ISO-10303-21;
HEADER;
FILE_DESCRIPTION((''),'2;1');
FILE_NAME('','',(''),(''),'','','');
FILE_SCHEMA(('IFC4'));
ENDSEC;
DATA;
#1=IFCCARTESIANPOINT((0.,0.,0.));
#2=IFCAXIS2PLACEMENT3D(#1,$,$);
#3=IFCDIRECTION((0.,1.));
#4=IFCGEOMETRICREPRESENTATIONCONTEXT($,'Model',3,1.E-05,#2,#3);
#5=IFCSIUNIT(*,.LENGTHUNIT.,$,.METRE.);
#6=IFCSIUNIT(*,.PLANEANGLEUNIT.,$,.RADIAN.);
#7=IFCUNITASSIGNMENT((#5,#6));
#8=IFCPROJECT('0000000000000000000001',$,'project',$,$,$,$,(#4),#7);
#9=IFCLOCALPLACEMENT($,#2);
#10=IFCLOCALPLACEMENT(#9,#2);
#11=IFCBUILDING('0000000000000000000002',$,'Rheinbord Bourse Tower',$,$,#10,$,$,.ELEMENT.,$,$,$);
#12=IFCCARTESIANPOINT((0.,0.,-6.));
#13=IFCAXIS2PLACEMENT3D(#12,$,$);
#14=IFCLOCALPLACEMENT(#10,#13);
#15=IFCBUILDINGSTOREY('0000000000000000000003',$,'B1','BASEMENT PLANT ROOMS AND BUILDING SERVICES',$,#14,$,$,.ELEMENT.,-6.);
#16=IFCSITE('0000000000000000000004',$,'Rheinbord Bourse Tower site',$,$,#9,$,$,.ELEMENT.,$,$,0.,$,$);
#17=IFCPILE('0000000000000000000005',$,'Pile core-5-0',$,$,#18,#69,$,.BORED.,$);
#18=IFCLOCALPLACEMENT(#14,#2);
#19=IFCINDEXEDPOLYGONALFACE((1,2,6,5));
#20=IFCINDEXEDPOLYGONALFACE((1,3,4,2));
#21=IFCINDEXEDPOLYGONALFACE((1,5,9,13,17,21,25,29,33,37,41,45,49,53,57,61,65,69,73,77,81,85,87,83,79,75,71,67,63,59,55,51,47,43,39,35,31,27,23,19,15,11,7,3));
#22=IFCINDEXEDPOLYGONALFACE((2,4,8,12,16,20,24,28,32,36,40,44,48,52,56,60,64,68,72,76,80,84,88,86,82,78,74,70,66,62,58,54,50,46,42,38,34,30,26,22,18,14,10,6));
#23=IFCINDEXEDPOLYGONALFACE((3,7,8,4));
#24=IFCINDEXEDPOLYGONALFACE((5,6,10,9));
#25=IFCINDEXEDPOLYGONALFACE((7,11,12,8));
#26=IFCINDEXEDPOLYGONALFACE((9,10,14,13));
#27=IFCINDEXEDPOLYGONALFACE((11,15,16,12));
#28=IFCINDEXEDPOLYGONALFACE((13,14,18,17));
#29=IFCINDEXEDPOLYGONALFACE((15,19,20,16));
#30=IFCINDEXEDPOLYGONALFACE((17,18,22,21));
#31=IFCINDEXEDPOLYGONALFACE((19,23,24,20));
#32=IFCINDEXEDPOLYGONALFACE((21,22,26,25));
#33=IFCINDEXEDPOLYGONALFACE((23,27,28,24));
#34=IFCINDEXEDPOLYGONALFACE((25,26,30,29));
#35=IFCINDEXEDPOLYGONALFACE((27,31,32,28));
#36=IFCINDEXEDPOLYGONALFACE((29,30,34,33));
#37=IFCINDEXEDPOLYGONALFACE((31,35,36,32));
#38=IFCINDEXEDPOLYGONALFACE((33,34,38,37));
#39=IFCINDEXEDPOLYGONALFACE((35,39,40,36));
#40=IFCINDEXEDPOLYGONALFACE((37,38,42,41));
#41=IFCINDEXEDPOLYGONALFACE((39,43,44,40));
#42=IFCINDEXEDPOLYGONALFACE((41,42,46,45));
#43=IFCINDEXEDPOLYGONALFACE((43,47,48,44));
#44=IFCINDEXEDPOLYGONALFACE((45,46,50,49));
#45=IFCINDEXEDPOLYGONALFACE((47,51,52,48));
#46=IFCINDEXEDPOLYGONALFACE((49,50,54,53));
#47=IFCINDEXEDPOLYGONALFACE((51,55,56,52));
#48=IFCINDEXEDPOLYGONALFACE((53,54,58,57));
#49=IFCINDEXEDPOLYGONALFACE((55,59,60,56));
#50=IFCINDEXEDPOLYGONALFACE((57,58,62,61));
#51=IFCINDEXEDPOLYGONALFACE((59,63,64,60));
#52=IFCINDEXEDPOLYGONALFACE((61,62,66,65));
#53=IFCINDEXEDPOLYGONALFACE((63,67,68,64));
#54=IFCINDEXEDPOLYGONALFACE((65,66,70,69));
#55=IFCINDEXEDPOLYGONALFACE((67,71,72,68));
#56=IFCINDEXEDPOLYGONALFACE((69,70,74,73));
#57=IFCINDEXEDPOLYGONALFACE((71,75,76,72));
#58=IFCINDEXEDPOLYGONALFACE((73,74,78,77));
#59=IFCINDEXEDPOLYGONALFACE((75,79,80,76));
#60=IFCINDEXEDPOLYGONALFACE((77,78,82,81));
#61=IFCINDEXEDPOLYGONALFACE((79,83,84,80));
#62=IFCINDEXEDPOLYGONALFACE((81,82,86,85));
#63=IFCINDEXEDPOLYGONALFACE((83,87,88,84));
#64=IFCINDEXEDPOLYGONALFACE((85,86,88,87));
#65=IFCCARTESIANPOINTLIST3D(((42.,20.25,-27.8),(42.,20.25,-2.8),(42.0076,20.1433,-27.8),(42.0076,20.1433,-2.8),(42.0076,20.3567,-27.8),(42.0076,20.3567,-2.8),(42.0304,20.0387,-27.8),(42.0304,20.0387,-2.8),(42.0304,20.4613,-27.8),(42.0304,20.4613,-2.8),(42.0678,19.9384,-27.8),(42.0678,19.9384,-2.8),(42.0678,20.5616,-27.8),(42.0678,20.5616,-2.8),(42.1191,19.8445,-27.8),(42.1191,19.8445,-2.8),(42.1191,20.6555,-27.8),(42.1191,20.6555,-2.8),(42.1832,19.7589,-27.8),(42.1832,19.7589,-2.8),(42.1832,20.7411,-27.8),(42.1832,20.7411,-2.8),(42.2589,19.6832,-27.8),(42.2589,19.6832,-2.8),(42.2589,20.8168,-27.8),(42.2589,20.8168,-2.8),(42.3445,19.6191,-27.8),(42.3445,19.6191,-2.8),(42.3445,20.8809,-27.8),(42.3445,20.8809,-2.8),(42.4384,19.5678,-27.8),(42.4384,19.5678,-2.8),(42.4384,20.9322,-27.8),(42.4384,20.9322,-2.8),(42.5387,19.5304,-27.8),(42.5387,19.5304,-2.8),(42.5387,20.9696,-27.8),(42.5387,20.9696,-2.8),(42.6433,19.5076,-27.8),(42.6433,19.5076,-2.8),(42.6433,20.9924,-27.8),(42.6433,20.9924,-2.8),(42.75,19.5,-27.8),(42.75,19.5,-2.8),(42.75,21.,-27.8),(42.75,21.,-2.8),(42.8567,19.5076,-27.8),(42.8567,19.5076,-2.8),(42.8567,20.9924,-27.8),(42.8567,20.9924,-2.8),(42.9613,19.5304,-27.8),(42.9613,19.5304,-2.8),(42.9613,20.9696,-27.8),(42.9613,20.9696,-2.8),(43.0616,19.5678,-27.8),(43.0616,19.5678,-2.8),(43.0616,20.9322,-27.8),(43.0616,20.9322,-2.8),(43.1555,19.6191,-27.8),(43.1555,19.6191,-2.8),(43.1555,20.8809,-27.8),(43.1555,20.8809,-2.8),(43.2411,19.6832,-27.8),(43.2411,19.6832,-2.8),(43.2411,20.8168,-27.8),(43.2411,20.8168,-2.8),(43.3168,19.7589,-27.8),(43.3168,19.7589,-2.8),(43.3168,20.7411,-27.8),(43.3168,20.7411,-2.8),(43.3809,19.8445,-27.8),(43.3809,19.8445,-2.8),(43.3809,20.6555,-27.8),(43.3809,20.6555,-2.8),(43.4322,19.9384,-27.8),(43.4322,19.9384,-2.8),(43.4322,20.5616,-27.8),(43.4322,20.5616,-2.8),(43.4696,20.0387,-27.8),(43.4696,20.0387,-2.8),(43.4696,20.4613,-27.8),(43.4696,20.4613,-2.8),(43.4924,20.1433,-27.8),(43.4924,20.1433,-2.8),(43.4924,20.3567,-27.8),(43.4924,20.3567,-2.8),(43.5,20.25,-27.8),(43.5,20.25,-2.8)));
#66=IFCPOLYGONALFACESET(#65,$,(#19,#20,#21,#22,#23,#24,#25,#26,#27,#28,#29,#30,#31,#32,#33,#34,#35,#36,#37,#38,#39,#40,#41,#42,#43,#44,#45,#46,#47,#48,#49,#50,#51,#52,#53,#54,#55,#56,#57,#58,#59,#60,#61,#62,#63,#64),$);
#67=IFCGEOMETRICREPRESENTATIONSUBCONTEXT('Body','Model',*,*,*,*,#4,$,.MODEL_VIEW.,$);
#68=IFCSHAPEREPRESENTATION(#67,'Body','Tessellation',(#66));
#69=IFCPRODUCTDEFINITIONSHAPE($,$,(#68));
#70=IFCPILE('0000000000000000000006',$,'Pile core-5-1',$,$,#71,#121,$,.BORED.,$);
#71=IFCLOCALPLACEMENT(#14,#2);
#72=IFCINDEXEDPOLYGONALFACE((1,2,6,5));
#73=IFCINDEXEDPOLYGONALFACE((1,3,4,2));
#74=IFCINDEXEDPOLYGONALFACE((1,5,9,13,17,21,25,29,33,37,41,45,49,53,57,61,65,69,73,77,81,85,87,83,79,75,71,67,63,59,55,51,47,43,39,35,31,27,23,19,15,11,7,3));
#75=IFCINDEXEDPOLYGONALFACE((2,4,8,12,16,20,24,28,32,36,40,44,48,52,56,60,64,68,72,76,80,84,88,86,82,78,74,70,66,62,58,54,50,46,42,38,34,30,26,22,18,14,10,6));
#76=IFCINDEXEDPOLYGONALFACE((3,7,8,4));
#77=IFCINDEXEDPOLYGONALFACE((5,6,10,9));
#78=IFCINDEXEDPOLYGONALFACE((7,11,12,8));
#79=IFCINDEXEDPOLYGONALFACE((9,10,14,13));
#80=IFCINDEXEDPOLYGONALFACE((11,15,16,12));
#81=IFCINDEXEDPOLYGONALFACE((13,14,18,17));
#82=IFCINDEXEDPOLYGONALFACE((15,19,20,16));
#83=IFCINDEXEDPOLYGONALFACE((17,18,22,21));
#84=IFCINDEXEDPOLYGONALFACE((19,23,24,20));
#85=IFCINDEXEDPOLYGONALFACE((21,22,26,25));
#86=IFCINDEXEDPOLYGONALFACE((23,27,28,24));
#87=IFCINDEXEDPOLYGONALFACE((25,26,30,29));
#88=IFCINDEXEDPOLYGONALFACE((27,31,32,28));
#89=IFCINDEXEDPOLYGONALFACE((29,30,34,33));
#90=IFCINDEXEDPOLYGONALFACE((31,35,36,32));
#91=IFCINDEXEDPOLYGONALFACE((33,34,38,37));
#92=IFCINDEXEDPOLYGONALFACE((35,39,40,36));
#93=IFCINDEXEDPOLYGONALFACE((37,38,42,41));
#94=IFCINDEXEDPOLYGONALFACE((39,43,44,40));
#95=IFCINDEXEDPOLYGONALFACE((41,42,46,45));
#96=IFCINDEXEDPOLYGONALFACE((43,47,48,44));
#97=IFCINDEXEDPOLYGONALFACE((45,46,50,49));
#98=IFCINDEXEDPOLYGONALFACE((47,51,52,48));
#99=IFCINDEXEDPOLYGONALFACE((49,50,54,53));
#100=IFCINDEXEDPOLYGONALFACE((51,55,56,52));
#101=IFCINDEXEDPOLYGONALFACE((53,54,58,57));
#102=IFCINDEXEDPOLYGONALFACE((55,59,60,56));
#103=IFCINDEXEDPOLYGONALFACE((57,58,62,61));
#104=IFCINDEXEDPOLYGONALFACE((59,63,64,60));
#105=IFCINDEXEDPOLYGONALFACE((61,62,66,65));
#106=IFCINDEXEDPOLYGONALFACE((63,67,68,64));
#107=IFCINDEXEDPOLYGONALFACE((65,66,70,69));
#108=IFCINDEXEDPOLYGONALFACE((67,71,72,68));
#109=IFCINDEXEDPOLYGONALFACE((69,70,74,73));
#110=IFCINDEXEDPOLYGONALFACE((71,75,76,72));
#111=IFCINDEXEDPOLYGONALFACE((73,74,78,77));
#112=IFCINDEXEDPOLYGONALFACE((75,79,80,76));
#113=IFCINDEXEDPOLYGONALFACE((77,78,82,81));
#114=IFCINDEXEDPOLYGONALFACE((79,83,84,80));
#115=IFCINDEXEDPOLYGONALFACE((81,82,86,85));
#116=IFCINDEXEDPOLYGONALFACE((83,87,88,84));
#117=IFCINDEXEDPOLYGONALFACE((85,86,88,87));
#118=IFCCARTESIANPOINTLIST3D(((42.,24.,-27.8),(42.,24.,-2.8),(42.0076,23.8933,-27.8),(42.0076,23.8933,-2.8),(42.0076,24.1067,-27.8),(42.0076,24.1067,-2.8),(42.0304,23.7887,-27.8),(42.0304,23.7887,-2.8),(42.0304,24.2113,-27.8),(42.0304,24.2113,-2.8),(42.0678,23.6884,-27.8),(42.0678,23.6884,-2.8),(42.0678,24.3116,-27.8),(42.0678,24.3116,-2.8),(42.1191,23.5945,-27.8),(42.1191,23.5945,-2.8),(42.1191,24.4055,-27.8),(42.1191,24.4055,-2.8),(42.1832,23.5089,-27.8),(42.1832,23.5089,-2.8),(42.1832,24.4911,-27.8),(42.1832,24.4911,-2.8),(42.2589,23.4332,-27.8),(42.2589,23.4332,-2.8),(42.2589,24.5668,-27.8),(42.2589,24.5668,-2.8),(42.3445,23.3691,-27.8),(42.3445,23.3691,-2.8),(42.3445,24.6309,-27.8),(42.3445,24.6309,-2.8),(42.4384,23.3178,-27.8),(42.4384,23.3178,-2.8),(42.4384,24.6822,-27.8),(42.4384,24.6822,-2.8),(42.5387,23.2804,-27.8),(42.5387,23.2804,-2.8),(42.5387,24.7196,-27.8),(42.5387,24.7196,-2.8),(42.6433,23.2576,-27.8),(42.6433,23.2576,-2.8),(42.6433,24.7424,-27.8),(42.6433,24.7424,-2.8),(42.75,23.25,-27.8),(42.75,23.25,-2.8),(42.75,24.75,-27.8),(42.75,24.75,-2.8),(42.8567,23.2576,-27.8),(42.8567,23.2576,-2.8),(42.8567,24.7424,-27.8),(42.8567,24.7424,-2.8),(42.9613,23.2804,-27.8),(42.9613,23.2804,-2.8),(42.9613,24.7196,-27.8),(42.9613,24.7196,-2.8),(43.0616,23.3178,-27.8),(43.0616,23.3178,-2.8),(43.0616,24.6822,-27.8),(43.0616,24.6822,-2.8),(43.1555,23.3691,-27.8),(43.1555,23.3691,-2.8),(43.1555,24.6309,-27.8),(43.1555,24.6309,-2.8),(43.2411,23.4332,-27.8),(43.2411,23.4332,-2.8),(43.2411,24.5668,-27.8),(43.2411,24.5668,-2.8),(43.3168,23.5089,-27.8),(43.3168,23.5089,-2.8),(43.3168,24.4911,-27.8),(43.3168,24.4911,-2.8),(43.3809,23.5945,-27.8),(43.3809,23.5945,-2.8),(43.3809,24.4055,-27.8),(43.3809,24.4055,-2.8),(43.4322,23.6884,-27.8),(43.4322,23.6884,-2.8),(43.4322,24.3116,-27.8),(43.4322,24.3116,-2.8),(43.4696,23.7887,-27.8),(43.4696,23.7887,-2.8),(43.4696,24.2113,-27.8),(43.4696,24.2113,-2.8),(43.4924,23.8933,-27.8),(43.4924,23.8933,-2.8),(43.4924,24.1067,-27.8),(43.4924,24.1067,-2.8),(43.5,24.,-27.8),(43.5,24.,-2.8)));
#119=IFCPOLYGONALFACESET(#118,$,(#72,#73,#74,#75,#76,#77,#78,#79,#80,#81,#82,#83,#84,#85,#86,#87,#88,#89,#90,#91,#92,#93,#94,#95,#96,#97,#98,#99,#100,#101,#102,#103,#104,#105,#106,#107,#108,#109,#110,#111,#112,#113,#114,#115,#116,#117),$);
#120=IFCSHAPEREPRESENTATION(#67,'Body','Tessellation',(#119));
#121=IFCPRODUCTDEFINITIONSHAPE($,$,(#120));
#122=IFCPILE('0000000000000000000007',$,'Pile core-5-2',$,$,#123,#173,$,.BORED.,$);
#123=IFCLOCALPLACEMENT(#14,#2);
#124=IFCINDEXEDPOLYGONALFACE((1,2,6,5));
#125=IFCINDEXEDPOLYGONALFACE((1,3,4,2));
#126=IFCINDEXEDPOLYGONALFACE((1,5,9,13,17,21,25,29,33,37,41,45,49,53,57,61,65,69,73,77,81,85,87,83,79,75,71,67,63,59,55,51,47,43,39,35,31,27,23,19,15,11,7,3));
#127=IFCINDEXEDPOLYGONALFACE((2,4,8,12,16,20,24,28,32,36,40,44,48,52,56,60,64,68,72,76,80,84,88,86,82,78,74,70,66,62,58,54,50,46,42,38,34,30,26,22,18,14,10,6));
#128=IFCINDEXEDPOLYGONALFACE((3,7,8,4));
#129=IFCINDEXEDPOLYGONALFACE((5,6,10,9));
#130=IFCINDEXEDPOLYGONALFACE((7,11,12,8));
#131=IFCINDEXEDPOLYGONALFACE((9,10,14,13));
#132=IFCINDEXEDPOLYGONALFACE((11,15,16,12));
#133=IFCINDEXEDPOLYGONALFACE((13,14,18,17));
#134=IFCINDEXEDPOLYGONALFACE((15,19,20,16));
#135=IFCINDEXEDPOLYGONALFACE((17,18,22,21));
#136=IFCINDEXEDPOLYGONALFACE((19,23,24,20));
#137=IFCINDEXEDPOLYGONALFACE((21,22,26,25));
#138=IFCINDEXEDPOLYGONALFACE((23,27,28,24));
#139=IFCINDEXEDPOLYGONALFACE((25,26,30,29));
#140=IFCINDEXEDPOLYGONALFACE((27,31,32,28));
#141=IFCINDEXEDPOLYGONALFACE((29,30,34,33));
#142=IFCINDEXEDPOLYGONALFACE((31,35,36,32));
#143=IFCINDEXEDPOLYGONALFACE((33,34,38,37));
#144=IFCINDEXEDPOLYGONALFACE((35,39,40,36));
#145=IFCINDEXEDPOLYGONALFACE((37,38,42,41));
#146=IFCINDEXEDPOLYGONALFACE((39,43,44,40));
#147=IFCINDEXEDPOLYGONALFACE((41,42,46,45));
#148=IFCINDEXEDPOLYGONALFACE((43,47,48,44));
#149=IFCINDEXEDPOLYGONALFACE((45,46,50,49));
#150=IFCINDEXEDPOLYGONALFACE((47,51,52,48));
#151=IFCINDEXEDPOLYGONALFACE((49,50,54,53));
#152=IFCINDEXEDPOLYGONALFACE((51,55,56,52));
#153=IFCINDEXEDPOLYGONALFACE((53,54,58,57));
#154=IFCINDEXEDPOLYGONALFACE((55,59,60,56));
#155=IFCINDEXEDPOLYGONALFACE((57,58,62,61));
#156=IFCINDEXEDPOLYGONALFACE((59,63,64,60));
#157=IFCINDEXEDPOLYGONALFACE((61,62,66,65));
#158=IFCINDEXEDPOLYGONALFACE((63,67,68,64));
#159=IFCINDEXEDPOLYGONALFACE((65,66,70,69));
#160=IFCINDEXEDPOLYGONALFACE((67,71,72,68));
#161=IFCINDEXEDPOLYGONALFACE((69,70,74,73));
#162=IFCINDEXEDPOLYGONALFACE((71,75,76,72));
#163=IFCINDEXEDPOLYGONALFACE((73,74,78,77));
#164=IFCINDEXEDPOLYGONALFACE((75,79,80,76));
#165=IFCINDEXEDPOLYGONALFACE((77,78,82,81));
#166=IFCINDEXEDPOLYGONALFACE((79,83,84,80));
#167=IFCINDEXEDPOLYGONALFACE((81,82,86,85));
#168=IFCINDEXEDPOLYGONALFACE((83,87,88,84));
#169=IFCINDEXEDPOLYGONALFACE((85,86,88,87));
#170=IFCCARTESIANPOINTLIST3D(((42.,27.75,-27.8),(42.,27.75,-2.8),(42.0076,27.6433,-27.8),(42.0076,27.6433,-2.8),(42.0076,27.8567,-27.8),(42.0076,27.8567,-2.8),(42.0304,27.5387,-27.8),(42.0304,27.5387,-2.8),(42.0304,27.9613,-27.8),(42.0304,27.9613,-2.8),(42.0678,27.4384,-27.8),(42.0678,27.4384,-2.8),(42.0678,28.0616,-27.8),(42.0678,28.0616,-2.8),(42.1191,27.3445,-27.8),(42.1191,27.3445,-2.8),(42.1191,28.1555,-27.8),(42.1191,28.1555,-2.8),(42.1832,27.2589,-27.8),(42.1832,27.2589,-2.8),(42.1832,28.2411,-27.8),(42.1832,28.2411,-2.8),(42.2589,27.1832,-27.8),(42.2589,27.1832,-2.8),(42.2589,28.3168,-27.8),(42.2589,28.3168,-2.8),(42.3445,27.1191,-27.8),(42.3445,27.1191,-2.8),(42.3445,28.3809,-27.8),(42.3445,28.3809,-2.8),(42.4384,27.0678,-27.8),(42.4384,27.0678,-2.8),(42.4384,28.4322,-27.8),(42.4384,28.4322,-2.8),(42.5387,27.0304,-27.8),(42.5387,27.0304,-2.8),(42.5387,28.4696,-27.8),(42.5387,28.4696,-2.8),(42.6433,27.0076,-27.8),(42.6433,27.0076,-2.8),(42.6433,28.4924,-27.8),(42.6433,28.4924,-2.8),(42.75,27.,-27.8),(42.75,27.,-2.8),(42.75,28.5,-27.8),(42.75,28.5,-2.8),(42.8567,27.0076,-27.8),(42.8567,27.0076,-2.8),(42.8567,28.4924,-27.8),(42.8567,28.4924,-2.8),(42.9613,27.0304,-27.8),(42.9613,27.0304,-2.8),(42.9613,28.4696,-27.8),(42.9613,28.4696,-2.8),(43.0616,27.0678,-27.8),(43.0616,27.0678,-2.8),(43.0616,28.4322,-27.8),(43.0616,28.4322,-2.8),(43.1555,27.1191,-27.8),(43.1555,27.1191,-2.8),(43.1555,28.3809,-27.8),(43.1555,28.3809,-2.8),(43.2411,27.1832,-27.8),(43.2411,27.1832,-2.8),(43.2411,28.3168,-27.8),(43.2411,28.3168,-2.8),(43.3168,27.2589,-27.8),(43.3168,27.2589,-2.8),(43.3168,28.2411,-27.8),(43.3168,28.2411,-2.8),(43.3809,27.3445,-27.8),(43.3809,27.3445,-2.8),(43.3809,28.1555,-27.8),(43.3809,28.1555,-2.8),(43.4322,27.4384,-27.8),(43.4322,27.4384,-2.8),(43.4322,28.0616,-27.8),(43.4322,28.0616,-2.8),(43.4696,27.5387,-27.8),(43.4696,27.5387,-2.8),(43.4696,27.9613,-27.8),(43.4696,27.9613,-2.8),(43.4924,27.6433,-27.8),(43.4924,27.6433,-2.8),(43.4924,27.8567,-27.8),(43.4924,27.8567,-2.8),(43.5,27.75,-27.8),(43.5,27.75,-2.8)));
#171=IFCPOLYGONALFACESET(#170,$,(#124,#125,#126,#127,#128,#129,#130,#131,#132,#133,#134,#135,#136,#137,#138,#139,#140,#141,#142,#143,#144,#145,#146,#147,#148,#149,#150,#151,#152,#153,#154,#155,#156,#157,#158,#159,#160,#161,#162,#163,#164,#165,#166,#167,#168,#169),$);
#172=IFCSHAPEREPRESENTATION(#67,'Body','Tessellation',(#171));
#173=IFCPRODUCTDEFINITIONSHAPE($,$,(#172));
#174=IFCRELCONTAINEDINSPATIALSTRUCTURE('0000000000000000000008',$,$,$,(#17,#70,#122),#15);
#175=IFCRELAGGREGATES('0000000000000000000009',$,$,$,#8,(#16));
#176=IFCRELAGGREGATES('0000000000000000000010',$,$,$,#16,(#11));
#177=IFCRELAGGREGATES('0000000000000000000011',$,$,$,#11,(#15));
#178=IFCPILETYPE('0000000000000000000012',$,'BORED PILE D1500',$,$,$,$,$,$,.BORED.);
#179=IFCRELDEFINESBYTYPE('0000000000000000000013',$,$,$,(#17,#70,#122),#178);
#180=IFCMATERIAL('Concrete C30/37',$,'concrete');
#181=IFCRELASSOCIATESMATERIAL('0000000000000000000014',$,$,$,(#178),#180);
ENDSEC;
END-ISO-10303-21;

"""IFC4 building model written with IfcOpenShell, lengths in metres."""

from ifc_helpers import new_model, si_unit, direction, frame, origin, origin_2d, place, context, subcontext, project, spatial, circle, extrude, material, material_profile, profile_set, type_object, element, save


model = new_model("IFC4")

# Units and contexts
model_context = context("Model", 3, precision=1e-05, world=origin(), true_north=direction((0.0, 1.0)))
body_context = subcontext(model_context, "Body", "Model", "MODEL_VIEW")
ifc_project = project(units=[si_unit("LENGTHUNIT", "METRE"), si_unit("PLANEANGLEUNIT", "RADIAN")], contexts=[model_context])

# Site, building, storey
site_placement = place(None, origin())
site = spatial("IfcSite", under=ifc_project, at=site_placement, Name="Rheinbord Bourse Tower site", CompositionType="ELEMENT", RefElevation=0.0)
building_placement = place(site_placement, origin())
building = spatial("IfcBuilding", under=site, at=building_placement, Name="Rheinbord Bourse Tower", CompositionType="ELEMENT")
storey_placement = place(building_placement, frame((0.0, 0.0, -6.0)))
storey = spatial("IfcBuildingStorey", under=building, at=storey_placement, Name="B1", Description="BASEMENT PLANT ROOMS AND BUILDING SERVICES", CompositionType="ELEMENT", Elevation=-6.0)

# Piles
ifc_material_1 = material(Name="Concrete C30/37", Category="concrete")
ifc_material_profile_1 = material_profile(ifc_material_1, circle(Radius=0.75, at=origin_2d()), Name="D1500")
ifc_profile_set_1 = profile_set([ifc_material_profile_1], Name="Concrete C30/37")
pile_type = type_object("IfcPileType", Name="BORED PILE D1500", PredefinedType="BORED", material=ifc_profile_set_1)
for number, where, z_axis, x_axis, name in (
    (1, (42.75, 20.25, -2.8), (0.0, 0.0, -1.0), (1.0, 0.0, 0.0), "Pile core-5-0"),
    (2, (42.75, 24.0, -2.8), (0.0, 0.0, -1.0), (1.0, 0.0, 0.0), "Pile core-5-1"),
    (3, (42.75, 27.75, -2.8), (0.0, 0.0, -1.0), (1.0, 0.0, 0.0), "Pile core-5-2"),
):
    element("IfcPile", number, at=place(storey_placement, frame(where, z_axis=z_axis, x_axis=x_axis)), inside=storey, type_object=pile_type, Name=name, PredefinedType="BORED", context=body_context, shape_type="SweptSolid", body=[
        extrude(circle(Radius=0.75, at=origin_2d()), origin(), (0.0, 0.0, 1.0), 25.0),
    ])

save(model, "model.ifc")
